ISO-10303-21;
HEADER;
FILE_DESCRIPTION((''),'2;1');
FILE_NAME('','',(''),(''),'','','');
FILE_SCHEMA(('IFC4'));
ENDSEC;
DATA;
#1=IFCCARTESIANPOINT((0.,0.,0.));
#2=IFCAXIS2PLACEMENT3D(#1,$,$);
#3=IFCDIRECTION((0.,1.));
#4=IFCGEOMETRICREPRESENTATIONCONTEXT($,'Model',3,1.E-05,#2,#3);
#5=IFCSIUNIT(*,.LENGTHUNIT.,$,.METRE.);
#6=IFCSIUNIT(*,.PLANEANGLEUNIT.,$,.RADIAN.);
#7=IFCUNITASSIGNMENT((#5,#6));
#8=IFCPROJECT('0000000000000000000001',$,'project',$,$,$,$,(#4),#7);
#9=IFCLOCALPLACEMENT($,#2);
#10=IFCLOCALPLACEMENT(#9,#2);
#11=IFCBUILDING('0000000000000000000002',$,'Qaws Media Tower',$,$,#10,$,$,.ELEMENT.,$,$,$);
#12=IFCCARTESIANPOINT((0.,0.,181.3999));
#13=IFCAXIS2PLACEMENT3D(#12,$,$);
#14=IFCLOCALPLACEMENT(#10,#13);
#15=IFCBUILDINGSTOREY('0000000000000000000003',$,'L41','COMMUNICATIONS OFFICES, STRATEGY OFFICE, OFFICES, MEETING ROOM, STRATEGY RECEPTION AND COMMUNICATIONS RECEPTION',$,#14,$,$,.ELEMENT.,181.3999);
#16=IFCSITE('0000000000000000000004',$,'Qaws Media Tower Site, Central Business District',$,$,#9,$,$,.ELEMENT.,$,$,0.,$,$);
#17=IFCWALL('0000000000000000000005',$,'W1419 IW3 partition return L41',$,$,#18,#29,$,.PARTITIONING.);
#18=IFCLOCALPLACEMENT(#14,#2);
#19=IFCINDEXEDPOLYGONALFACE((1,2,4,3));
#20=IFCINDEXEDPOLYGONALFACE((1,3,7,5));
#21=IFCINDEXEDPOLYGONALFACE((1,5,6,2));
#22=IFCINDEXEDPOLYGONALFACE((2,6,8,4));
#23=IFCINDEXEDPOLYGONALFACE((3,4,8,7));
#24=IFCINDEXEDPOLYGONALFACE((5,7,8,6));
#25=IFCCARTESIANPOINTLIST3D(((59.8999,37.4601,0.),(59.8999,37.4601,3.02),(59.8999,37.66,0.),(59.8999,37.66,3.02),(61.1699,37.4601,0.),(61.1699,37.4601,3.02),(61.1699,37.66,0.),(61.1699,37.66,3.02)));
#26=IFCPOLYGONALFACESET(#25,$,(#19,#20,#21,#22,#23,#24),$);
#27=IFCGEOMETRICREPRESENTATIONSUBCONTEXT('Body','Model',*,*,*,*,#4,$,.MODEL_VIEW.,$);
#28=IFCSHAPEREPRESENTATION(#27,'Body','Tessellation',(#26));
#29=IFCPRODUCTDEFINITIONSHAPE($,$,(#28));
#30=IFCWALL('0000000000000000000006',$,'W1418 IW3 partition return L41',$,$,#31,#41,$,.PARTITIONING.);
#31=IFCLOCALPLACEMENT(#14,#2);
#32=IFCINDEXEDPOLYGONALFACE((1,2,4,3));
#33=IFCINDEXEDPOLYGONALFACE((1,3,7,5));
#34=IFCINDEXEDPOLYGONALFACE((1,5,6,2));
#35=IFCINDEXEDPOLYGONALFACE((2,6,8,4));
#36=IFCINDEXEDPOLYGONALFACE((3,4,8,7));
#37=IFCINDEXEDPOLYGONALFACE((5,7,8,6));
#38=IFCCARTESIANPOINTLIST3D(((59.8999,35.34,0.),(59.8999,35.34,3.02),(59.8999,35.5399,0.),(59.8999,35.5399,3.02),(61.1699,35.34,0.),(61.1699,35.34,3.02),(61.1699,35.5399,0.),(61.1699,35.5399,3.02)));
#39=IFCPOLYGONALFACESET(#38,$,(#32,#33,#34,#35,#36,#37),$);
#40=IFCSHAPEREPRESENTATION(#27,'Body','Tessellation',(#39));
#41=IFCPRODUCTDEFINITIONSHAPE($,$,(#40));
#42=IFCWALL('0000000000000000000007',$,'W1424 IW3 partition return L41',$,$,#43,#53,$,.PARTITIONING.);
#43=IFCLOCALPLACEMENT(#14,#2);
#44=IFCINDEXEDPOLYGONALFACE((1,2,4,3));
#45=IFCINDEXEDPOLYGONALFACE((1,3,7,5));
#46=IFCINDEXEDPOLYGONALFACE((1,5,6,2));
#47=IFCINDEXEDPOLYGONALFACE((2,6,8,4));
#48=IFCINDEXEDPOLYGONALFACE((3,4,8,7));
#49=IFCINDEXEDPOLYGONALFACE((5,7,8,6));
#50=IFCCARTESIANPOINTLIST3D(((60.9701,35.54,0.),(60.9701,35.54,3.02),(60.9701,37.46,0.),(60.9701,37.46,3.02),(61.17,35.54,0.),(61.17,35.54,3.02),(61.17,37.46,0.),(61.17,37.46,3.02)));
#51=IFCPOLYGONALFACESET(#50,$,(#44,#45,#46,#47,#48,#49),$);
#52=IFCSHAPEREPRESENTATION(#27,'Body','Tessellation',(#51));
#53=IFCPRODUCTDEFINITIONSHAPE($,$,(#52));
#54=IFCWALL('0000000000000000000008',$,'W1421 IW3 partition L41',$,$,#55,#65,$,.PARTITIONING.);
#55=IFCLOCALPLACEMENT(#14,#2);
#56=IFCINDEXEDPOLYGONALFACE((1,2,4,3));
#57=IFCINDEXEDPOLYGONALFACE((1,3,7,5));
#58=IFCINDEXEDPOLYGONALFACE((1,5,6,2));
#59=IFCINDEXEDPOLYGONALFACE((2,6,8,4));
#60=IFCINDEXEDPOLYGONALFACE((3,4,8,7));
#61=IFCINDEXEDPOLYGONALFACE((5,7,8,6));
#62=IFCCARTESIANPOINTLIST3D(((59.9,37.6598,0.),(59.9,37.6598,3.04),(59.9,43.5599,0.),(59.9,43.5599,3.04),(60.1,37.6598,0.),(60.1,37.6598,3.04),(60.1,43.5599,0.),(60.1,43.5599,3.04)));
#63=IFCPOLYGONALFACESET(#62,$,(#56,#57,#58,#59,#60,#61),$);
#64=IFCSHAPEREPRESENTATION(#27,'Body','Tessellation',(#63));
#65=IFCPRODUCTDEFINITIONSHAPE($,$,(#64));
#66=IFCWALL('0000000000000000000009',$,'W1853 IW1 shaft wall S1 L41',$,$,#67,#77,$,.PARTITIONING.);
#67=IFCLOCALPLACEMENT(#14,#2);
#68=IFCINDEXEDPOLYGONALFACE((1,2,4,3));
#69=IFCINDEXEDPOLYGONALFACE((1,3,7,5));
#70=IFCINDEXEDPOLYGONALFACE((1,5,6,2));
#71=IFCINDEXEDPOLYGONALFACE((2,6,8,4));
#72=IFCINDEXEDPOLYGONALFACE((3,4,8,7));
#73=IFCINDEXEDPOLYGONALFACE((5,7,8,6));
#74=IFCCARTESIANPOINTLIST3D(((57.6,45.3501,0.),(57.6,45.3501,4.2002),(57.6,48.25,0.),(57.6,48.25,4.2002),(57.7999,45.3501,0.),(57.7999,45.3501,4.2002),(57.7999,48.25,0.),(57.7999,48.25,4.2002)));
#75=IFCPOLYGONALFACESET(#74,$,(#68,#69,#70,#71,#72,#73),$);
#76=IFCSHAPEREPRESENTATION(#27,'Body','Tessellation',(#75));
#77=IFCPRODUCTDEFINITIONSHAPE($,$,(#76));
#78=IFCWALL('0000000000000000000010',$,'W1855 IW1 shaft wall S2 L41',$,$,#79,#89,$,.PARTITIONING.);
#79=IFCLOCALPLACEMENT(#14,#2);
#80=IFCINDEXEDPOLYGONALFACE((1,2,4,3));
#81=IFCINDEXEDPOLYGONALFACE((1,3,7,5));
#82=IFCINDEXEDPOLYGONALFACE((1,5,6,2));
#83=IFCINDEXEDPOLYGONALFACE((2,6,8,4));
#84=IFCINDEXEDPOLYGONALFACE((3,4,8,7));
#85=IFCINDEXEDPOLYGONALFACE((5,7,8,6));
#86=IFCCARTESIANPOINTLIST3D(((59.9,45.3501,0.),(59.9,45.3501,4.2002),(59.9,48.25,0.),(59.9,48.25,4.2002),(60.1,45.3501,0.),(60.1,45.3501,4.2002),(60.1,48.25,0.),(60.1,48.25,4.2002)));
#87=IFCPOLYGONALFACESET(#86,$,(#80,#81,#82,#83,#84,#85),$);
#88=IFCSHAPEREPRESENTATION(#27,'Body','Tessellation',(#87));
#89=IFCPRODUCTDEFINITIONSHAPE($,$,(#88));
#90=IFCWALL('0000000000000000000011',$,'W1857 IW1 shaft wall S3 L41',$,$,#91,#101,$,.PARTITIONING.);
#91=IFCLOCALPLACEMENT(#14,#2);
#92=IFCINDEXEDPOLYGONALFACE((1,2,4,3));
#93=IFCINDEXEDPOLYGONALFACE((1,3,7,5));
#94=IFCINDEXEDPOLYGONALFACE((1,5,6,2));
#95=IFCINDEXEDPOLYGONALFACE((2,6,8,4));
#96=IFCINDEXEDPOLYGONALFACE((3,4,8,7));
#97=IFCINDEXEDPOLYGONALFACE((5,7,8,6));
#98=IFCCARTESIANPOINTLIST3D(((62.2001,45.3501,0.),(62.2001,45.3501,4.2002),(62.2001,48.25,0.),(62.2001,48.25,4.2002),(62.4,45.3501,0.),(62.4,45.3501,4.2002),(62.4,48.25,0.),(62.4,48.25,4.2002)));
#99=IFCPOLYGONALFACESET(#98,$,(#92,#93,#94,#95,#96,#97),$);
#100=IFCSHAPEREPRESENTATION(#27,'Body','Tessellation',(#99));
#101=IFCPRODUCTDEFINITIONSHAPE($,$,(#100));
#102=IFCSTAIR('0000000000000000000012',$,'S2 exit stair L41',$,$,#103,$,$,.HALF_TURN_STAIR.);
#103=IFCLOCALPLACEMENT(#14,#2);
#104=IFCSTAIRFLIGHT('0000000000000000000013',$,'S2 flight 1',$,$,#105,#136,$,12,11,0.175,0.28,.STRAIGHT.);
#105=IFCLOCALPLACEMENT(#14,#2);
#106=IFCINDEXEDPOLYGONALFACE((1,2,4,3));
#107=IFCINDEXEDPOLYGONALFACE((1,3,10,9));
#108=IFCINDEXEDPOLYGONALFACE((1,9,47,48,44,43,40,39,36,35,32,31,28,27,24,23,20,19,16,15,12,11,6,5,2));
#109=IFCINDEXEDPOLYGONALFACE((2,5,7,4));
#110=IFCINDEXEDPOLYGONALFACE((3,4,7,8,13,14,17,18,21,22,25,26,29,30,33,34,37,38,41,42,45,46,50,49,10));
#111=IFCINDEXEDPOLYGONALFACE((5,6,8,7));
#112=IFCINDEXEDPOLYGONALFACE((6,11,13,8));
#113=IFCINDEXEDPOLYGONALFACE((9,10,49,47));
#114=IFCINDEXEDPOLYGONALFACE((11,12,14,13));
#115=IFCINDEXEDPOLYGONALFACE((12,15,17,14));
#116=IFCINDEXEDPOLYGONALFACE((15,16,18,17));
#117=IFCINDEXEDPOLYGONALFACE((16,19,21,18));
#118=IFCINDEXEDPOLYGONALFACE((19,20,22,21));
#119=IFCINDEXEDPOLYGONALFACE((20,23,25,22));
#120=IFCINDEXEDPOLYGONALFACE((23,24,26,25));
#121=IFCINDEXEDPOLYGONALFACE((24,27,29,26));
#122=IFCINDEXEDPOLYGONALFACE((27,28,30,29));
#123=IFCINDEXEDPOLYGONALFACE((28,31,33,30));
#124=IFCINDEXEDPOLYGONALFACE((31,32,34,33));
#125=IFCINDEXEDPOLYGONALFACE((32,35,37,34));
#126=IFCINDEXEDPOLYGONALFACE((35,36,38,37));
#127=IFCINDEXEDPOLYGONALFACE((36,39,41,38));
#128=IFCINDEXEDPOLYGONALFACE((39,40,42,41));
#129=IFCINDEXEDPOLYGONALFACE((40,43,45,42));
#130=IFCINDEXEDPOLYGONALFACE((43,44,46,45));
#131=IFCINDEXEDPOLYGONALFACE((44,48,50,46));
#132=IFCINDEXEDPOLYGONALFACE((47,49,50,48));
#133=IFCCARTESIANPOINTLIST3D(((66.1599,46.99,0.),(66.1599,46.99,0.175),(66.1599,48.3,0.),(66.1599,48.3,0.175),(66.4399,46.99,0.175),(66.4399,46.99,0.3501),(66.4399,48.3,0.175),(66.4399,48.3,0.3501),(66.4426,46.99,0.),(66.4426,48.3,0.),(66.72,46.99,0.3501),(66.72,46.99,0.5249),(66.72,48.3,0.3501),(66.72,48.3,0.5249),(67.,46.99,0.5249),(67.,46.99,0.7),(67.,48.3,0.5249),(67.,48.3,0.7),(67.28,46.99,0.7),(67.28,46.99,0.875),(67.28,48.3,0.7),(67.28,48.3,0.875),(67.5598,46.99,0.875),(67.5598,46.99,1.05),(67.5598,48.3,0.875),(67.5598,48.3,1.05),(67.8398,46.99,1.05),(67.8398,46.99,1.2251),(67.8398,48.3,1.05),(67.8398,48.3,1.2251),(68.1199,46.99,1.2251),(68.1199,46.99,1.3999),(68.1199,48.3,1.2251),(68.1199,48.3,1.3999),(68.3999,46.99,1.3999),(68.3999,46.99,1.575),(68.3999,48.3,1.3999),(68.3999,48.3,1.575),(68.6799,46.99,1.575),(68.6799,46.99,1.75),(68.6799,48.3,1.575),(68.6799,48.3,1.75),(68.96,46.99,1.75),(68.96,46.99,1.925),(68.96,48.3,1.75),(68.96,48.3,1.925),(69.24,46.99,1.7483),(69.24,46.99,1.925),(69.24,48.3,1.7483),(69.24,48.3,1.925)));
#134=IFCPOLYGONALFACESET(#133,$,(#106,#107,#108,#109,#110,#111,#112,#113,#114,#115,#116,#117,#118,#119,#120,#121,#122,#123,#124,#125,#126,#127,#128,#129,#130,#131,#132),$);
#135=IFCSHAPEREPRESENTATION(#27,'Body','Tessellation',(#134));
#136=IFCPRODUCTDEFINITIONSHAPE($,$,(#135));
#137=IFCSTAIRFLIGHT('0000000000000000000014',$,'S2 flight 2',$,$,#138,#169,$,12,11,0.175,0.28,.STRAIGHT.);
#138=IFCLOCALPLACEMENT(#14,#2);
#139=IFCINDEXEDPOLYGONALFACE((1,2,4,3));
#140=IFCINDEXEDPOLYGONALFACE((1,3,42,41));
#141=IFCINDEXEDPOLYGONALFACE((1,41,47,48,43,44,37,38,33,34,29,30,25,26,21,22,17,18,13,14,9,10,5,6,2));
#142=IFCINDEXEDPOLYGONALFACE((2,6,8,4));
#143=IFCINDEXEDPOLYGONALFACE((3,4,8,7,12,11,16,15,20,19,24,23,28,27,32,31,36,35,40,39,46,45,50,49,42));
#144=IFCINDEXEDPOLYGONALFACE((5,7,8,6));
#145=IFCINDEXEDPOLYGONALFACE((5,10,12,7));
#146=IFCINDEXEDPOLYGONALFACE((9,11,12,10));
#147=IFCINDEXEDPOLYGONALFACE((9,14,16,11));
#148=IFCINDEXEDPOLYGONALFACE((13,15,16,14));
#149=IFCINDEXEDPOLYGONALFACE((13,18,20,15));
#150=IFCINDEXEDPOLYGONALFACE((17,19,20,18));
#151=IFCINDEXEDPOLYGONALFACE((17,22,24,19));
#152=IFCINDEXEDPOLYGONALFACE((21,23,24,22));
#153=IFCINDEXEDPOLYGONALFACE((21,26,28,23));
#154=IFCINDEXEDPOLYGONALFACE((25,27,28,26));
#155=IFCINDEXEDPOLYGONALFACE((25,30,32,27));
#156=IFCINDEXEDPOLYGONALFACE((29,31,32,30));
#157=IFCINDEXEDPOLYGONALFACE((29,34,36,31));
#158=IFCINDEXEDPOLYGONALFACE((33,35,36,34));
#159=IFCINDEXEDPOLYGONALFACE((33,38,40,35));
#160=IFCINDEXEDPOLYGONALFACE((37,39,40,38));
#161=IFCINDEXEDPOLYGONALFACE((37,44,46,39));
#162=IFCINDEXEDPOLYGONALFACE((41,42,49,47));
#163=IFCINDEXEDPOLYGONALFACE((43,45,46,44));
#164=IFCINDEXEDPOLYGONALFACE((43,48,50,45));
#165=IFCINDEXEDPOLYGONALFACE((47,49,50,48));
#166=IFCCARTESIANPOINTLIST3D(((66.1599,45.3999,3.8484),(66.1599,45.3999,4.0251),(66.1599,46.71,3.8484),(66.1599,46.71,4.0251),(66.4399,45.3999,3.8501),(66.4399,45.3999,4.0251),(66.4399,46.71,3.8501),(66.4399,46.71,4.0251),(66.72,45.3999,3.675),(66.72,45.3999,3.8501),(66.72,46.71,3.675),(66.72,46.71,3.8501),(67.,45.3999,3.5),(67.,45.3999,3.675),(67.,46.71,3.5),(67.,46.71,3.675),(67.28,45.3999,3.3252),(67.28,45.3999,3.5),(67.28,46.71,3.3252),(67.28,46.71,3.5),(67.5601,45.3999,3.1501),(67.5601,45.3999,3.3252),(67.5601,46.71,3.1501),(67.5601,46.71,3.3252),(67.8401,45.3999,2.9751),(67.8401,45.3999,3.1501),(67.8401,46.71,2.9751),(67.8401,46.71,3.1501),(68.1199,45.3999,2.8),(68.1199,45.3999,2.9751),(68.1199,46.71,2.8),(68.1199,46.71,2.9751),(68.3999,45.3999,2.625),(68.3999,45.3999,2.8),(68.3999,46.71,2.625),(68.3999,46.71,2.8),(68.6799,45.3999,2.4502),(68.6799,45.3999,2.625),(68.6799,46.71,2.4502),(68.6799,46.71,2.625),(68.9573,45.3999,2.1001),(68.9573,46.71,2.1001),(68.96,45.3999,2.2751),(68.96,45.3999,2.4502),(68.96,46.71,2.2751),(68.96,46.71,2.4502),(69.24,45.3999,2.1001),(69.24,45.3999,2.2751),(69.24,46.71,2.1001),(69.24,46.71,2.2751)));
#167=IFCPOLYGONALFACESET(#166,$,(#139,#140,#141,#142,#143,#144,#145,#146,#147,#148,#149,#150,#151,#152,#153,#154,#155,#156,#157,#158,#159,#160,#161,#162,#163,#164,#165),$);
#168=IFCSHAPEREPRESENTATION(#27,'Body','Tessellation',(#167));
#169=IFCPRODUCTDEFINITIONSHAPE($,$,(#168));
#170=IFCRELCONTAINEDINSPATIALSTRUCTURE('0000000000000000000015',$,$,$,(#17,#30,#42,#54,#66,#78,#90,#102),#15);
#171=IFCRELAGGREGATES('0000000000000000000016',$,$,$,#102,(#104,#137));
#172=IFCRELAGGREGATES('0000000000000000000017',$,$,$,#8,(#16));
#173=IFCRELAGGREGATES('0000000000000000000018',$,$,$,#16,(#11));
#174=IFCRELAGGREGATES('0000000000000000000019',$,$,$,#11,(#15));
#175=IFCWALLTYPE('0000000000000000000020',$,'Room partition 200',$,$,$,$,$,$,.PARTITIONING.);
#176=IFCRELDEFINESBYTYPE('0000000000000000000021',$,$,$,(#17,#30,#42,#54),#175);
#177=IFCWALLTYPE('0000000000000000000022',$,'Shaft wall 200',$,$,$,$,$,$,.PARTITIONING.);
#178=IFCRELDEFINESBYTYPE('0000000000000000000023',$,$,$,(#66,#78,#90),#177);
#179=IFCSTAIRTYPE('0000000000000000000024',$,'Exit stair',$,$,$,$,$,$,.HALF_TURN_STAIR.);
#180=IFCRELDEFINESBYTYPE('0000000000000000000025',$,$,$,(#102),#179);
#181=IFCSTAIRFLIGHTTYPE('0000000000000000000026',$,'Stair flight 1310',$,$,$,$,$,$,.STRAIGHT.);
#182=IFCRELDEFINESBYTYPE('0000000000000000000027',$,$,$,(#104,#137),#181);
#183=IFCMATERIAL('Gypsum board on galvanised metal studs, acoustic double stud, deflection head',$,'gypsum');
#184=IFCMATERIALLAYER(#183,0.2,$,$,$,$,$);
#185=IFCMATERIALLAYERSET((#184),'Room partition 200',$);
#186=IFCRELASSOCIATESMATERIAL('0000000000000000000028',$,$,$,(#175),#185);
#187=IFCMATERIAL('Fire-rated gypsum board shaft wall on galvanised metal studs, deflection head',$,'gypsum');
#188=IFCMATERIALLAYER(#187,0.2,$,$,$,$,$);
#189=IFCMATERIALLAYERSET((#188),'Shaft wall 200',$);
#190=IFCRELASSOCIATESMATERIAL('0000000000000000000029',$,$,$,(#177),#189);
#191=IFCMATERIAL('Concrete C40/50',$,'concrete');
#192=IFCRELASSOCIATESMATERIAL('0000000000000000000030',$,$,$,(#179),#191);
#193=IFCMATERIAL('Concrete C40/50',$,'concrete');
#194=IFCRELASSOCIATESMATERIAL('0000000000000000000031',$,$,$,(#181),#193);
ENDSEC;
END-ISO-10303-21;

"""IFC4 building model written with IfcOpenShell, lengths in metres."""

from ifc_helpers import new_model, si_unit, direction, frame, frame_2d, origin, place, context, subcontext, project, spatial, polyline, rectangle, outline, extrude, material, layer, layer_set, type_object, element, aggregate, save


model = new_model("IFC4")

# Units and contexts
model_context = context("Model", 3, precision=1e-05, world=origin(), true_north=direction((0.0, 1.0)))
body_context = subcontext(model_context, "Body", "Model", "MODEL_VIEW")
ifc_project = project(units=[si_unit("LENGTHUNIT", "METRE"), si_unit("PLANEANGLEUNIT", "RADIAN")], contexts=[model_context])

# Site, building, storey
site_placement = place(None, origin())
site = spatial("IfcSite", under=ifc_project, at=site_placement, Name="Qaws Media Tower Site, Central Business District", CompositionType="ELEMENT", RefElevation=0.0)
building_placement = place(site_placement, origin())
building = spatial("IfcBuilding", under=site, at=building_placement, Name="Qaws Media Tower", CompositionType="ELEMENT")
storey_placement = place(building_placement, frame((0.0, 0.0, 181.3999)))
storey = spatial("IfcBuildingStorey", under=building, at=storey_placement, Name="L41", Description="COMMUNICATIONS OFFICES, STRATEGY OFFICE, OFFICES, MEETING ROOM, STRATEGY RECEPTION AND COMMUNICATIONS RECEPTION", CompositionType="ELEMENT", Elevation=181.3999)

# Walls
ifc_material_1 = material(Name="Gypsum board on galvanised metal studs, acoustic double stud, deflection head", Category="gypsum")
ifc_layer_1 = layer(ifc_material_1, 0.2)
ifc_layer_set_1 = layer_set([ifc_layer_1], Name="Room partition 200")
wall_type_1 = type_object("IfcWallType", Name="Room partition 200", PredefinedType="PARTITIONING", material=ifc_layer_set_1)
for number, where, z_axis, x_axis, name in (
    (1, (59.8999, 37.5601, 0.0), (0.0, 0.0, 1.0), (1.0, 0.0, 0.0), "W1419 IW3 partition return L41"),
    (2, (59.8999, 35.4399, 0.0), (0.0, 0.0, 1.0), (1.0, 0.0, 0.0), "W1418 IW3 partition return L41"),
):
    element("IfcWall", number, at=place(storey_placement, frame(where, z_axis=z_axis, x_axis=x_axis)), inside=storey, type_object=wall_type_1, Name=name, PredefinedType="PARTITIONING", context=body_context, shape_type="SweptSolid", body=[
        extrude(rectangle(XDim=1.27, YDim=0.2, at=frame_2d((0.635, 0.0))), origin(), (0.0, 0.0, 1.0), 3.02),
    ])
wall_1_placement = place(storey_placement, frame((61.0701, 37.46, 0.0), z_axis=(0.0, 0.0, 1.0), x_axis=(0.0, -1.0, 0.0)))
element("IfcWall", 3, at=wall_1_placement, inside=storey, type_object=wall_type_1, Name="W1424 IW3 partition return L41", PredefinedType="PARTITIONING", context=body_context, shape_type="SweptSolid", body=[
    extrude(rectangle(XDim=1.9199, YDim=0.2, at=frame_2d((0.96, 0.0))), origin(), (0.0, 0.0, 1.0), 3.02),
])
wall_2_placement = place(storey_placement, frame((60.0, 43.5601, 0.0), z_axis=(0.0, 0.0, 1.0), x_axis=(0.0, -1.0, 0.0)))
element("IfcWall", 4, at=wall_2_placement, inside=storey, type_object=wall_type_1, Name="W1421 IW3 partition L41", PredefinedType="PARTITIONING", context=body_context, shape_type="SweptSolid", body=[
    extrude(rectangle(XDim=5.9001, YDim=0.2, at=frame_2d((2.9502, 0.0))), origin(), (0.0, 0.0, 1.0), 3.04),
])
ifc_material_2 = material(Name="Fire-rated gypsum board shaft wall on galvanised metal studs, deflection head", Category="gypsum")
ifc_layer_2 = layer(ifc_material_2, 0.2)
ifc_layer_set_2 = layer_set([ifc_layer_2], Name="Shaft wall 200")
wall_type_2 = type_object("IfcWallType", Name="Shaft wall 200", PredefinedType="PARTITIONING", material=ifc_layer_set_2)
for number, where, z_axis, x_axis, name in (
    (5, (57.7, 45.3501, 0.0), (0.0, 0.0, 1.0), (0.0, 1.0, 0.0), "W1853 IW1 shaft wall S1 L41"),
    (6, (60.0, 45.3501, 0.0), (0.0, 0.0, 1.0), (0.0, 1.0, 0.0), "W1855 IW1 shaft wall S2 L41"),
    (7, (62.3, 45.3501, 0.0), (0.0, 0.0, 1.0), (0.0, 1.0, 0.0), "W1857 IW1 shaft wall S3 L41"),
):
    element("IfcWall", number, at=place(storey_placement, frame(where, z_axis=z_axis, x_axis=x_axis)), inside=storey, type_object=wall_type_2, Name=name, PredefinedType="PARTITIONING", context=body_context, shape_type="SweptSolid", body=[
        extrude(rectangle(XDim=2.8999, YDim=0.2, at=frame_2d((1.45, 0.0))), origin(), (0.0, 0.0, 1.0), 4.2002),
    ])

# Stair, stair flights
ifc_material_3 = material(Name="Concrete C40/50", Category="concrete")
stair_type = type_object("IfcStairType", Name="Exit stair", PredefinedType="HALF_TURN_STAIR", material=ifc_material_3)
stair_placement = place(storey_placement, origin())
stair = element("IfcStair", 8, at=stair_placement, inside=storey, type_object=stair_type, Name="S2 exit stair L41", PredefinedType="HALF_TURN_STAIR")
ifc_material_4 = material(Name="Concrete C40/50", Category="concrete")
stair_flight_type = type_object("IfcStairFlightType", Name="Stair flight 1310", PredefinedType="STRAIGHT", material=ifc_material_4)
stair_flight_1_placement = place(storey_placement, frame((66.1599, 47.645, 0.0), z_axis=(0.0, 0.0, 1.0), x_axis=(1.0, 0.0, 0.0)))
stair_flight_1 = element("IfcStairFlight", 9, at=stair_flight_1_placement, type_object=stair_flight_type, Name="S2 flight 1", NumberOfRisers=12, NumberOfTreads=11, PredefinedType="STRAIGHT", RiserHeight=0.175, TreadLength=0.28, context=body_context, shape_type="SweptSolid", body=[
    extrude(outline(polyline([(0.0, 0.0), (0.0, 0.175), (0.28, 0.175), (0.28, 0.3501), (0.5601, 0.3501), (0.5601, 0.5249), (0.8401, 0.5249), (0.8401, 0.7), (1.1201, 0.7), (1.1201, 0.875), (1.3999, 0.875), (1.3999, 1.05), (1.6799, 1.05), (1.6799, 1.2251), (1.96, 1.2251), (1.96, 1.3999), (2.24, 1.3999), (2.24, 1.575), (2.52, 1.575), (2.52, 1.75), (2.8, 1.75), (2.8, 1.925), (3.0801, 1.925), (3.0801, 2.1001), (3.0801, 1.7483), (0.2827, 0.0), (0.0, 0.0)])), frame((0.0, 0.655, 0.0), z_axis=(0.0, -1.0, 0.0), x_axis=(1.0, 0.0, 0.0)), (0.0, 0.0, 1.0), 1.3101),
])
stair_flight_2_placement = place(storey_placement, frame((69.24, 46.0549, 2.1001), z_axis=(0.0, 0.0, 1.0), x_axis=(-1.0, 0.0, 0.0)))
stair_flight_2 = element("IfcStairFlight", 10, at=stair_flight_2_placement, type_object=stair_flight_type, Name="S2 flight 2", NumberOfRisers=12, NumberOfTreads=11, PredefinedType="STRAIGHT", RiserHeight=0.175, TreadLength=0.28, context=body_context, shape_type="SweptSolid", body=[
    extrude(outline(polyline([(0.0, 0.0), (0.0, 0.175), (0.28, 0.175), (0.28, 0.3501), (0.5601, 0.3501), (0.5601, 0.5249), (0.8401, 0.5249), (0.8401, 0.7), (1.1201, 0.7), (1.1201, 0.875), (1.3999, 0.875), (1.3999, 1.05), (1.6799, 1.05), (1.6799, 1.2251), (1.96, 1.2251), (1.96, 1.3999), (2.24, 1.3999), (2.24, 1.575), (2.52, 1.575), (2.52, 1.75), (2.8, 1.75), (2.8, 1.925), (3.0801, 1.925), (3.0801, 2.1001), (3.0801, 1.7483), (0.2827, 0.0), (0.0, 0.0)])), frame((0.0, 0.655, 0.0), z_axis=(0.0, -1.0, 0.0), x_axis=(1.0, 0.0, 0.0)), (0.0, 0.0, 1.0), 1.3101),
])
aggregate(stair, [stair_flight_1, stair_flight_2])

save(model, "model.ifc")
